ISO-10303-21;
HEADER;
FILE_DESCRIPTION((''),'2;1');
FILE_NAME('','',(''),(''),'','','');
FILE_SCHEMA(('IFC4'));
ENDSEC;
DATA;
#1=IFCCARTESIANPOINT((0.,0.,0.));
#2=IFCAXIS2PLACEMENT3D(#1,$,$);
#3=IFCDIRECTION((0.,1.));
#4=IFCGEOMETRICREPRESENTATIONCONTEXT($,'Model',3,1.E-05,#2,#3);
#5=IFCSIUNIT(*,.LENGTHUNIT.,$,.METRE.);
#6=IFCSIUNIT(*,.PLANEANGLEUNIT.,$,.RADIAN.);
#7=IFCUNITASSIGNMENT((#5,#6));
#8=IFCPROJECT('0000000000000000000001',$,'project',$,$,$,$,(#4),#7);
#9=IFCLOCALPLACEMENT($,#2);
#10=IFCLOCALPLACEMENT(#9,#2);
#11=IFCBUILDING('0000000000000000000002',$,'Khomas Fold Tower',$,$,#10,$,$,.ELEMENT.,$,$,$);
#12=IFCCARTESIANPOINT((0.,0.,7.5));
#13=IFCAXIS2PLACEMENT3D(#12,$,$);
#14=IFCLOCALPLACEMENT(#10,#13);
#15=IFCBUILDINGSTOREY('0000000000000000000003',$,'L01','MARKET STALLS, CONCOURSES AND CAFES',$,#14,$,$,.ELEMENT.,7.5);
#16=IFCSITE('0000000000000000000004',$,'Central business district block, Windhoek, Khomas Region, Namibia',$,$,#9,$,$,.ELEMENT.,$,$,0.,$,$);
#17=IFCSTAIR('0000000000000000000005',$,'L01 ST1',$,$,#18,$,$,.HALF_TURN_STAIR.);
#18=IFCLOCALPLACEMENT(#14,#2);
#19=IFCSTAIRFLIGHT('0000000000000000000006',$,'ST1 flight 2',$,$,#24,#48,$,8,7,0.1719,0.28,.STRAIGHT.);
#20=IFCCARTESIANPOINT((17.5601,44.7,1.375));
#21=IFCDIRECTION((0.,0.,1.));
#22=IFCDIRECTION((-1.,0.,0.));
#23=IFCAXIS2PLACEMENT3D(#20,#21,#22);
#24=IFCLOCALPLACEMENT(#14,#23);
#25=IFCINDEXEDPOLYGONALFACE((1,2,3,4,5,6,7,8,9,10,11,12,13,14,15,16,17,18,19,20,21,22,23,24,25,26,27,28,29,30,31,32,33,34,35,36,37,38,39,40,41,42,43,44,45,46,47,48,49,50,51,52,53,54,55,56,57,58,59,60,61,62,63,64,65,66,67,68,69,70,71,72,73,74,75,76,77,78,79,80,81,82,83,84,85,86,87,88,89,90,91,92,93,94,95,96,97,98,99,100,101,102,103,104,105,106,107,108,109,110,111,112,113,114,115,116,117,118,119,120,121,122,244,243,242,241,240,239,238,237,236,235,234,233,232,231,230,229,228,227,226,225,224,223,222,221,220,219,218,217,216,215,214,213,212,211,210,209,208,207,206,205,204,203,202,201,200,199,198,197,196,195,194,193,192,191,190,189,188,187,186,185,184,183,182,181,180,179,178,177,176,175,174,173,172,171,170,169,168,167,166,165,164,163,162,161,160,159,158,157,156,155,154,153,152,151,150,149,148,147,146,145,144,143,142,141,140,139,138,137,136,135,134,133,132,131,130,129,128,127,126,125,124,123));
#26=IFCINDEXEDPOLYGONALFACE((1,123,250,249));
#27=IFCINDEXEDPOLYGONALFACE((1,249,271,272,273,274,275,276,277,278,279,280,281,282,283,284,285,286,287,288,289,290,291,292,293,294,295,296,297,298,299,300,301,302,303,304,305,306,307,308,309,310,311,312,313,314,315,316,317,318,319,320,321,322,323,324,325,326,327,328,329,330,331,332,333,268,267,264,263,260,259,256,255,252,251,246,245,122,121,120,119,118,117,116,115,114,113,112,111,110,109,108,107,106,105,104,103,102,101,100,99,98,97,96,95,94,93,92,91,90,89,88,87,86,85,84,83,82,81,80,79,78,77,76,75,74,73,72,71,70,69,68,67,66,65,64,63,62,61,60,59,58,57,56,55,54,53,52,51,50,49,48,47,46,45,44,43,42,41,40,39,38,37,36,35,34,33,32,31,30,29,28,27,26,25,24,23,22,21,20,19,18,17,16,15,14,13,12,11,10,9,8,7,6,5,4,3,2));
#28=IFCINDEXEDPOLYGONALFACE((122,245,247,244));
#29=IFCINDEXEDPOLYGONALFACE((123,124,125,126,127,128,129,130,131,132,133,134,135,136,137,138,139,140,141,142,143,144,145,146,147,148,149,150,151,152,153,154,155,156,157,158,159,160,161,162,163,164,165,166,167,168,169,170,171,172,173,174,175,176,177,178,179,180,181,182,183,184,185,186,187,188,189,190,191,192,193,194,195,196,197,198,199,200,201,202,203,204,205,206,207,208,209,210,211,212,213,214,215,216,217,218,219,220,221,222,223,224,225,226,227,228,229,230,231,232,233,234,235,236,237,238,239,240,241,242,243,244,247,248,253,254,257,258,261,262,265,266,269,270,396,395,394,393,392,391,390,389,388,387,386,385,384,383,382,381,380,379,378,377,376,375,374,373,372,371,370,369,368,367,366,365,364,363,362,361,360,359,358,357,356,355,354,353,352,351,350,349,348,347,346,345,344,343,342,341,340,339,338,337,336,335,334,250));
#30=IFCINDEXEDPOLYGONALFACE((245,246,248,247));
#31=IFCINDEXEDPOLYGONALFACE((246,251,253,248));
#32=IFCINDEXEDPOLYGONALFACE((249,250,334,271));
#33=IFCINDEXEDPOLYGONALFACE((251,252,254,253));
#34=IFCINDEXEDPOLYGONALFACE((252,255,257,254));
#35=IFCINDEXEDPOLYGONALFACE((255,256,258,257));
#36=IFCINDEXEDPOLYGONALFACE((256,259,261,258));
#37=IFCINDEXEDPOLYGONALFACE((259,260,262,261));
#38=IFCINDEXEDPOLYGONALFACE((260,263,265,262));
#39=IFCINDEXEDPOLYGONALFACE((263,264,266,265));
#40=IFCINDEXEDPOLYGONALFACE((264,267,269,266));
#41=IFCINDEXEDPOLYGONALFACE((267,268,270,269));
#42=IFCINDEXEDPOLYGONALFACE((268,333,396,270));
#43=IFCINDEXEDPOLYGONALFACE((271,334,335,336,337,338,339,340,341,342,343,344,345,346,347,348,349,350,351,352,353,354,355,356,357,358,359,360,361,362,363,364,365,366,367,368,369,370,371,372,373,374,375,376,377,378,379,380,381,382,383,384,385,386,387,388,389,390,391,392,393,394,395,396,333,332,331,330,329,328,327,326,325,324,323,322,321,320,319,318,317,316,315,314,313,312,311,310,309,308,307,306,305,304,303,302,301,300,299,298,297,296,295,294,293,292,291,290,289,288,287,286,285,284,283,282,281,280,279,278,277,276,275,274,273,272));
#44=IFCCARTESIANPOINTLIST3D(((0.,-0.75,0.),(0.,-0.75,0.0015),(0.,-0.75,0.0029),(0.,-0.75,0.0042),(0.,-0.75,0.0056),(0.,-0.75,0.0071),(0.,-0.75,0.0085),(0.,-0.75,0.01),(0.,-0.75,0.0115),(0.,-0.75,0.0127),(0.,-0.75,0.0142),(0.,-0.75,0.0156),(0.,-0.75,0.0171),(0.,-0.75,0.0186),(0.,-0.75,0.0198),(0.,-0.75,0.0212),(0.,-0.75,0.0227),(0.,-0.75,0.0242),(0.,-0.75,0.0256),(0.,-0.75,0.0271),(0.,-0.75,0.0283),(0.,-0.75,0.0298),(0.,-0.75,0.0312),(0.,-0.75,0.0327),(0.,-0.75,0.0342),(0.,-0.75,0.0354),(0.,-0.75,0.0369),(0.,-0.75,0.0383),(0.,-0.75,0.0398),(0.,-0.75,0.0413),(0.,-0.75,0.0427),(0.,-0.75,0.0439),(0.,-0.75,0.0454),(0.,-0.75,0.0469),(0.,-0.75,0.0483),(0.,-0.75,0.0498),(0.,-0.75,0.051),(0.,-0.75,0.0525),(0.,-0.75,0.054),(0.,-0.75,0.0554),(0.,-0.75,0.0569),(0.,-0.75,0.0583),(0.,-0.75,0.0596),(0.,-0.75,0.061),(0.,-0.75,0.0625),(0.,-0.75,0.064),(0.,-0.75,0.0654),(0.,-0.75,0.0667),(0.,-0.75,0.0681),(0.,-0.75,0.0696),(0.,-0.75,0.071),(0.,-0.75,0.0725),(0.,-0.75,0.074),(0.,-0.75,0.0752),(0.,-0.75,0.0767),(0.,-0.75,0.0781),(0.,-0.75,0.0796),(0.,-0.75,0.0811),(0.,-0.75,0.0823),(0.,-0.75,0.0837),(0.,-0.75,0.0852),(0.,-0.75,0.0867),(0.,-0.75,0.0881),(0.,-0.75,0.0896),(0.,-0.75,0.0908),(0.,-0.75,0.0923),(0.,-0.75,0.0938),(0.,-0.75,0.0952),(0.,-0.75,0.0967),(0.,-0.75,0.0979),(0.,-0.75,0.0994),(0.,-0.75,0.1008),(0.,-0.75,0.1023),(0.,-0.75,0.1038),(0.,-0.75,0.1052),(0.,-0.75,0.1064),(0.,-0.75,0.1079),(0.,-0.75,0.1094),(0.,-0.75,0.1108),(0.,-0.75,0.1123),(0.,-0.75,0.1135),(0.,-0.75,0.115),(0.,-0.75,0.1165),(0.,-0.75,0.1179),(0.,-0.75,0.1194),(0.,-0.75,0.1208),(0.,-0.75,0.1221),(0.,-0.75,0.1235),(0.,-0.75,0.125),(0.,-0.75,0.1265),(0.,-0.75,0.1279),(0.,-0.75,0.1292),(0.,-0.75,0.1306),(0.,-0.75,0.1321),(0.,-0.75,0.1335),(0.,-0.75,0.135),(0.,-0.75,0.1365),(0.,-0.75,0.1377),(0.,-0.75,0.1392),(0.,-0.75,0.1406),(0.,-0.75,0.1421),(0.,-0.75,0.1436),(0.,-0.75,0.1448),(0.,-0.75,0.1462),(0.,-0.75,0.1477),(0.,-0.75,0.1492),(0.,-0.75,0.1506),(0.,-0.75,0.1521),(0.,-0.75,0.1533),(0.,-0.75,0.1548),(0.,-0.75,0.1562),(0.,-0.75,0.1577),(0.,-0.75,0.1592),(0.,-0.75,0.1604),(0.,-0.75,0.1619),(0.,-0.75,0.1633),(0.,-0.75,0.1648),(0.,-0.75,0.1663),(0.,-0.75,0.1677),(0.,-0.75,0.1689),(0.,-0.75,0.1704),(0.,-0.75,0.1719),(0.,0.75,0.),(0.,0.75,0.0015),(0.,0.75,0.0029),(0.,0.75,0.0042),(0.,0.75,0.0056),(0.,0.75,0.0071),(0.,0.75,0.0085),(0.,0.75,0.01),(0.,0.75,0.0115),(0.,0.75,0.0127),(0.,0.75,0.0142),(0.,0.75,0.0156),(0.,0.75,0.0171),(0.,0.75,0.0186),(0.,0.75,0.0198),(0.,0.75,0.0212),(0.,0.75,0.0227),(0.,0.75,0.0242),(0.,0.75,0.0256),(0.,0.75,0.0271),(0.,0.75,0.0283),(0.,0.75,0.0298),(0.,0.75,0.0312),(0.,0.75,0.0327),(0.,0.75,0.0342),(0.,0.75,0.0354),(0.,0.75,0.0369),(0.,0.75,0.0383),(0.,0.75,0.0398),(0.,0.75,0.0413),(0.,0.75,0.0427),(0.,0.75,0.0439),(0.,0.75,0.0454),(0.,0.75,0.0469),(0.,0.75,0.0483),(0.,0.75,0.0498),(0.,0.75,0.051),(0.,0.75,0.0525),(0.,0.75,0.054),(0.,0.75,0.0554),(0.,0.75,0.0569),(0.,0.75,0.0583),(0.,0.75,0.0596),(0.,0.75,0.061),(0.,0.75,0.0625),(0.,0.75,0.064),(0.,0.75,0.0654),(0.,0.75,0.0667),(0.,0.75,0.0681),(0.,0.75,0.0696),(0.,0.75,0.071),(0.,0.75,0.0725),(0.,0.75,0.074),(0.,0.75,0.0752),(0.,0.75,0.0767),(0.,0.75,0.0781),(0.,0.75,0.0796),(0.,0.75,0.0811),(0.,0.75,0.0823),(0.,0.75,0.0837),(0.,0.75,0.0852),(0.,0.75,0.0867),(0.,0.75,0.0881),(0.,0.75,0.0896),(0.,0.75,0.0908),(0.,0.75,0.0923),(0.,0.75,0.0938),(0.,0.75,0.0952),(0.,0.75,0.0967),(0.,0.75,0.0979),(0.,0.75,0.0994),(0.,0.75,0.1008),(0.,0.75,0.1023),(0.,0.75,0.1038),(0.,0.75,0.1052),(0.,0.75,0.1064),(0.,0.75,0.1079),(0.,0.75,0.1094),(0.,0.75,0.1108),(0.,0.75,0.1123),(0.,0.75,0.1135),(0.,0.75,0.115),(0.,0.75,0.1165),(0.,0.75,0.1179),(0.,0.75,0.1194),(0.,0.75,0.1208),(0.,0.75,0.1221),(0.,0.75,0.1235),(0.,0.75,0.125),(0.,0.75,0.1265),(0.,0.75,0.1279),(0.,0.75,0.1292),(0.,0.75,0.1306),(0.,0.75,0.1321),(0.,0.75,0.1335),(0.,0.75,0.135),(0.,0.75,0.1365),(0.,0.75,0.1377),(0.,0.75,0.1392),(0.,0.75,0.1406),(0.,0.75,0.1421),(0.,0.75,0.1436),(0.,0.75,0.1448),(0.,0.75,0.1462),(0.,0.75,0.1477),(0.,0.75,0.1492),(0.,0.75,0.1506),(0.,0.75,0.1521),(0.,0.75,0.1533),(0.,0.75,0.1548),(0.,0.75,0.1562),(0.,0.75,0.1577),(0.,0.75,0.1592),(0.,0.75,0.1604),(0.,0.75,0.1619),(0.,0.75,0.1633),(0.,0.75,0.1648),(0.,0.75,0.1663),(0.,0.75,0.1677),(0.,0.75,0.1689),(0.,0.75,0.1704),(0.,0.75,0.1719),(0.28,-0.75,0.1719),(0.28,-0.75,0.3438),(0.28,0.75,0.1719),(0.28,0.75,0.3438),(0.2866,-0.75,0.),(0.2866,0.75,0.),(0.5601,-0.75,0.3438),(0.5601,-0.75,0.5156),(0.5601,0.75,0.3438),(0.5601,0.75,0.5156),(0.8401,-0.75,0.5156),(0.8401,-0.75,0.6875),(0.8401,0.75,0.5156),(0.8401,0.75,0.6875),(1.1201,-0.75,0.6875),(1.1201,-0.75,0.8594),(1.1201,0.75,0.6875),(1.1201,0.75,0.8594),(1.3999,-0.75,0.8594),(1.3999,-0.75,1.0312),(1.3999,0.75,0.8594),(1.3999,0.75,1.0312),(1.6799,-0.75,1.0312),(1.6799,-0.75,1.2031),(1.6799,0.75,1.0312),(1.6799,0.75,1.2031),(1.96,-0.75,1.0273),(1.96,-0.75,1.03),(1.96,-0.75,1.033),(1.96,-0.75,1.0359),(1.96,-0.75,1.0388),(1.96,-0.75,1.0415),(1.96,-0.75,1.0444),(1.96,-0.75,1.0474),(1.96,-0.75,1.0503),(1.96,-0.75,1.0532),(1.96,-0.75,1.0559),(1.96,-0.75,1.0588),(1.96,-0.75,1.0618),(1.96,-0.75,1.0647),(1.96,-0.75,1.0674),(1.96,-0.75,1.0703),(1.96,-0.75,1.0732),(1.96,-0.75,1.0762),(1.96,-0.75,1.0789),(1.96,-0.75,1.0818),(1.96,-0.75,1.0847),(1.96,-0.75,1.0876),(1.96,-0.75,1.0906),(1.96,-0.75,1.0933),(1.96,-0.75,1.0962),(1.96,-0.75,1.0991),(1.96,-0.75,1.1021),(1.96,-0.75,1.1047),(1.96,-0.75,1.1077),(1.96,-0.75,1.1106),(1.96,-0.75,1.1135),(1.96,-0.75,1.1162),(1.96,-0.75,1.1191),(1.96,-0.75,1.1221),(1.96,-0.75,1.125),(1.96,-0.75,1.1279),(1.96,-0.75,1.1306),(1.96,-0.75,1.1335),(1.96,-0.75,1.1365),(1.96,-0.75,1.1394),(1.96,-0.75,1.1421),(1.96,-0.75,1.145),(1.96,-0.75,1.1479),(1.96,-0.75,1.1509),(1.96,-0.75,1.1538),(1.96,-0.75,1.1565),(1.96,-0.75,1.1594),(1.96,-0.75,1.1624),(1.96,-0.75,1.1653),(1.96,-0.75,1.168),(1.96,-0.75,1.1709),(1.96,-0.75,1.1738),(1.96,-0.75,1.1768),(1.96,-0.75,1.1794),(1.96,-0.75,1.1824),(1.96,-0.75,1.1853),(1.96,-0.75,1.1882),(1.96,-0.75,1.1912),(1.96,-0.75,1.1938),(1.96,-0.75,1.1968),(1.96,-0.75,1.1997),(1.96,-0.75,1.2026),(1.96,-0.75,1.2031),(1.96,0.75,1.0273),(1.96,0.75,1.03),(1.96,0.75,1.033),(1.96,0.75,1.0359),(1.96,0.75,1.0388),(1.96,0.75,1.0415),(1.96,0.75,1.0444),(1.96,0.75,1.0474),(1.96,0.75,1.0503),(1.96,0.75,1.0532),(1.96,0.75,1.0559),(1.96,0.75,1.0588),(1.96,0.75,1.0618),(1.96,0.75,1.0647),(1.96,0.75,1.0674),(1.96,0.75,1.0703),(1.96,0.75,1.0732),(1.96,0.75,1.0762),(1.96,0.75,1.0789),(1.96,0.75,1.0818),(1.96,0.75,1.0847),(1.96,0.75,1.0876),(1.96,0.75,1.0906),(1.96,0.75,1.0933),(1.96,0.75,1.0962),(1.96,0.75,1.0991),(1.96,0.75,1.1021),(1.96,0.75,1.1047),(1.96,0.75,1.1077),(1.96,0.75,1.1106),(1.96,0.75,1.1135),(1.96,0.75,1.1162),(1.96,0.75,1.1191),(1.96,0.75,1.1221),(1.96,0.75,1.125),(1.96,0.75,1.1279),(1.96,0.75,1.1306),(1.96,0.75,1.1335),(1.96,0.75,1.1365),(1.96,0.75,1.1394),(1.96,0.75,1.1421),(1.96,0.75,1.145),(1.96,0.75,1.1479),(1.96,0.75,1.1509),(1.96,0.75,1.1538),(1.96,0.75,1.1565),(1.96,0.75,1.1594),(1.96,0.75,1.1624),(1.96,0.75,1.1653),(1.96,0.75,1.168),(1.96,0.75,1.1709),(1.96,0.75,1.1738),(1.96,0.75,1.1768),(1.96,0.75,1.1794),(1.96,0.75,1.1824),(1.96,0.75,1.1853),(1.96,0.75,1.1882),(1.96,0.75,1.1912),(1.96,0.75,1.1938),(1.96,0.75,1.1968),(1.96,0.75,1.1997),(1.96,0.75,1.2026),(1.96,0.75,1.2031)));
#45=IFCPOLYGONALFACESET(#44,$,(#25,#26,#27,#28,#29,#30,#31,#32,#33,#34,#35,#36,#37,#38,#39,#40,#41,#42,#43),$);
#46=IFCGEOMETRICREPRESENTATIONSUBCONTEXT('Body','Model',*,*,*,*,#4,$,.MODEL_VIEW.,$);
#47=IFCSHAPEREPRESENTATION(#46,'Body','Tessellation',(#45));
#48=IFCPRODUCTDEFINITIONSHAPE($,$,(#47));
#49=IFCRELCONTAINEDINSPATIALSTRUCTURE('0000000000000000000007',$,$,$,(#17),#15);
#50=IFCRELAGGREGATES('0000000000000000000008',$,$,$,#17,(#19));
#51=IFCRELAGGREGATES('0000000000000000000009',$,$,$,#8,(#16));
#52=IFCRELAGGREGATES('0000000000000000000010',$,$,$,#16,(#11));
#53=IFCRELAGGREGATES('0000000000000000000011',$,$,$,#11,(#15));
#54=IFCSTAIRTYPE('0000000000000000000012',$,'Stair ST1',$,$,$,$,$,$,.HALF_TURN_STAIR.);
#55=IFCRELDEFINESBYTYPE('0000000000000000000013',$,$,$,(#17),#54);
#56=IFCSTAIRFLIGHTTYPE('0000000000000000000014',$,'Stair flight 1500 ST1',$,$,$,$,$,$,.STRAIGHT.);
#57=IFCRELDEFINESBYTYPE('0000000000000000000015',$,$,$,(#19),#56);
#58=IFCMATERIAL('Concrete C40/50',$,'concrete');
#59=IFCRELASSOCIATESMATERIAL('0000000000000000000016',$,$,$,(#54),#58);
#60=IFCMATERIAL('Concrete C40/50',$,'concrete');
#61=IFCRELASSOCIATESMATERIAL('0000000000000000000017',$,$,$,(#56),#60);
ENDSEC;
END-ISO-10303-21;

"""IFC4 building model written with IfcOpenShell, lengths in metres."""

from ifc_helpers import new_model, si_unit, direction, frame, origin, place, context, subcontext, project, spatial, polyline, outline, extrude, source, transform, mapped, material, type_object, element, aggregate, save


model = new_model("IFC4")

# Units and contexts
model_context = context("Model", 3, precision=1e-05, world=origin(), true_north=direction((0.0, 1.0)))
body_context = subcontext(model_context, "Body", "Model", "MODEL_VIEW")
ifc_project = project(units=[si_unit("LENGTHUNIT", "METRE"), si_unit("PLANEANGLEUNIT", "RADIAN")], contexts=[model_context])

# Site, building, storey
site_placement = place(None, origin())
site = spatial("IfcSite", under=ifc_project, at=site_placement, Name="Central business district block, Windhoek, Khomas Region, Namibia", CompositionType="ELEMENT", RefElevation=0.0)
building_placement = place(site_placement, origin())
building = spatial("IfcBuilding", under=site, at=building_placement, Name="Khomas Fold Tower", CompositionType="ELEMENT")
storey_placement = place(building_placement, frame((0.0, 0.0, 7.5)))
storey = spatial("IfcBuildingStorey", under=building, at=storey_placement, Name="L01", Description="MARKET STALLS, CONCOURSES AND CAFES", CompositionType="ELEMENT", Elevation=7.5)

# Stair, stair flight
ifc_material_1 = material(Name="Concrete C40/50", Category="concrete")
stair_type_1 = type_object("IfcStairType", Name="Stair ST1", PredefinedType="HALF_TURN_STAIR", material=ifc_material_1)
stair_1_placement = place(storey_placement, origin())
stair_1 = element("IfcStair", 1, at=stair_1_placement, inside=storey, type_object=stair_type_1, Name="L01 ST1", PredefinedType="HALF_TURN_STAIR")
ifc_material_2 = material(Name="Concrete C40/50", Category="concrete")
stair_flight_type_1 = type_object("IfcStairFlightType", Name="Stair flight 1500 ST1", PredefinedType="STRAIGHT", material=ifc_material_2)
shared_shape_1 = source(origin(), body_context, "Body", "SweptSolid", [
    extrude(outline(polyline([(0.0, 0.0), (0.0, 0.0015), (0.0, 0.0029), (0.0, 0.0042), (0.0, 0.0056), (0.0, 0.0071), (0.0, 0.0085), (0.0, 0.01), (0.0, 0.0115), (0.0, 0.0127), (0.0, 0.0142), (0.0, 0.0156), (0.0, 0.0171), (0.0, 0.0186), (0.0, 0.0198), (0.0, 0.0212), (0.0, 0.0227), (0.0, 0.0242), (0.0, 0.0256), (0.0, 0.0271), (0.0, 0.0283), (0.0, 0.0298), (0.0, 0.0312), (0.0, 0.0327), (0.0, 0.0342), (0.0, 0.0354), (0.0, 0.0369), (0.0, 0.0383), (0.0, 0.0398), (0.0, 0.0413), (0.0, 0.0427), (0.0, 0.0439), (0.0, 0.0454), (0.0, 0.0469), (0.0, 0.0483), (0.0, 0.0498), (0.0, 0.051), (0.0, 0.0525), (0.0, 0.054), (0.0, 0.0554), (0.0, 0.0569), (0.0, 0.0583), (0.0, 0.0596), (0.0, 0.061), (0.0, 0.0625), (0.0, 0.064), (0.0, 0.0654), (0.0, 0.0667), (0.0, 0.0681), (0.0, 0.0696), (0.0, 0.071), (0.0, 0.0725), (0.0, 0.074), (0.0, 0.0752), (0.0, 0.0767), (0.0, 0.0781), (0.0, 0.0796), (0.0, 0.0811), (0.0, 0.0823), (0.0, 0.0837), (0.0, 0.0852), (0.0, 0.0867), (0.0, 0.0881), (0.0, 0.0896), (0.0, 0.0908), (0.0, 0.0923), (0.0, 0.0938), (0.0, 0.0952), (0.0, 0.0967), (0.0, 0.0979), (0.0, 0.0994), (0.0, 0.1008), (0.0, 0.1023), (0.0, 0.1038), (0.0, 0.1052), (0.0, 0.1064), (0.0, 0.1079), (0.0, 0.1094), (0.0, 0.1108), (0.0, 0.1123), (0.0, 0.1135), (0.0, 0.115), (0.0, 0.1165), (0.0, 0.1179), (0.0, 0.1194), (0.0, 0.1208), (0.0, 0.1221), (0.0, 0.1235), (0.0, 0.125), (0.0, 0.1265), (0.0, 0.1279), (0.0, 0.1292), (0.0, 0.1306), (0.0, 0.1321), (0.0, 0.1335), (0.0, 0.135), (0.0, 0.1365), (0.0, 0.1377), (0.0, 0.1392), (0.0, 0.1406), (0.0, 0.1421), (0.0, 0.1436), (0.0, 0.1448), (0.0, 0.1462), (0.0, 0.1477), (0.0, 0.1492), (0.0, 0.1506), (0.0, 0.1521), (0.0, 0.1533), (0.0, 0.1548), (0.0, 0.1562), (0.0, 0.1577), (0.0, 0.1592), (0.0, 0.1604), (0.0, 0.1619), (0.0, 0.1633), (0.0, 0.1648), (0.0, 0.1663), (0.0, 0.1677), (0.0, 0.1689), (0.0, 0.1704), (0.0, 0.1719), (0.28, 0.1719), (0.28, 0.3438), (0.5601, 0.3438), (0.5601, 0.5156), (0.8401, 0.5156), (0.8401, 0.6875), (1.1201, 0.6875), (1.1201, 0.8594), (1.3999, 0.8594), (1.3999, 1.0312), (1.6799, 1.0312), (1.6799, 1.2031), (1.96, 1.2031), (1.96, 1.375), (1.96, 1.3721), (1.96, 1.3691), (1.96, 1.3665), (1.96, 1.3635), (1.96, 1.3606), (1.96, 1.3577), (1.96, 1.355), (1.96, 1.3521), (1.96, 1.3491), (1.96, 1.3462), (1.96, 1.3435), (1.96, 1.3406), (1.96, 1.3376), (1.96, 1.3347), (1.96, 1.3318), (1.96, 1.3291), (1.96, 1.3262), (1.96, 1.3232), (1.96, 1.3203), (1.96, 1.3176), (1.96, 1.3147), (1.96, 1.3118), (1.96, 1.3088), (1.96, 1.3059), (1.96, 1.3032), (1.96, 1.3003), (1.96, 1.2974), (1.96, 1.2944), (1.96, 1.2917), (1.96, 1.2888), (1.96, 1.2859), (1.96, 1.283), (1.96, 1.2803), (1.96, 1.2773), (1.96, 1.2744), (1.96, 1.2715), (1.96, 1.2686), (1.96, 1.2659), (1.96, 1.2629), (1.96, 1.26), (1.96, 1.2571), (1.96, 1.2544), (1.96, 1.2515), (1.96, 1.2485), (1.96, 1.2456), (1.96, 1.2427), (1.96, 1.24), (1.96, 1.2371), (1.96, 1.2341), (1.96, 1.2312), (1.96, 1.2285), (1.96, 1.2256), (1.96, 1.2227), (1.96, 1.2197), (1.96, 1.217), (1.96, 1.2141), (1.96, 1.2112), (1.96, 1.2083), (1.96, 1.2053), (1.96, 1.2026), (1.96, 1.1997), (1.96, 1.1968), (1.96, 1.1938), (1.96, 1.1912), (1.96, 1.1882), (1.96, 1.1853), (1.96, 1.1824), (1.96, 1.1794), (1.96, 1.1768), (1.96, 1.1738), (1.96, 1.1709), (1.96, 1.168), (1.96, 1.1653), (1.96, 1.1624), (1.96, 1.1594), (1.96, 1.1565), (1.96, 1.1538), (1.96, 1.1509), (1.96, 1.1479), (1.96, 1.145), (1.96, 1.1421), (1.96, 1.1394), (1.96, 1.1365), (1.96, 1.1335), (1.96, 1.1306), (1.96, 1.1279), (1.96, 1.125), (1.96, 1.1221), (1.96, 1.1191), (1.96, 1.1162), (1.96, 1.1135), (1.96, 1.1106), (1.96, 1.1077), (1.96, 1.1047), (1.96, 1.1021), (1.96, 1.0991), (1.96, 1.0962), (1.96, 1.0933), (1.96, 1.0906), (1.96, 1.0876), (1.96, 1.0847), (1.96, 1.0818), (1.96, 1.0789), (1.96, 1.0762), (1.96, 1.0732), (1.96, 1.0703), (1.96, 1.0674), (1.96, 1.0647), (1.96, 1.0618), (1.96, 1.0588), (1.96, 1.0559), (1.96, 1.0532), (1.96, 1.0503), (1.96, 1.0474), (1.96, 1.0444), (1.96, 1.0415), (1.96, 1.0388), (1.96, 1.0359), (1.96, 1.033), (1.96, 1.03), (1.96, 1.0273), (0.2866, 0.0), (0.0, 0.0)])), frame((0.0, 0.75, 0.0), z_axis=(0.0, -1.0, 0.0), x_axis=(1.0, 0.0, 0.0)), (0.0, 0.0, 1.0), 1.5),
])
stair_flight_1_placement = place(storey_placement, frame((17.5601, 44.7, 1.375), z_axis=(0.0, 0.0, 1.0), x_axis=(-1.0, 0.0, 0.0)))
stair_flight_1 = element("IfcStairFlight", 2, at=stair_flight_1_placement, type_object=stair_flight_type_1, Name="ST1 flight 2", NumberOfRisers=8, NumberOfTreads=7, PredefinedType="STRAIGHT", RiserHeight=0.1719, TreadLength=0.28, context=body_context, shape_type="MappedRepresentation", body=[
    mapped(shared_shape_1, transform((0.0, 0.0, 0.0))),
])
aggregate(stair_1, [stair_flight_1])

save(model, "model.ifc")
